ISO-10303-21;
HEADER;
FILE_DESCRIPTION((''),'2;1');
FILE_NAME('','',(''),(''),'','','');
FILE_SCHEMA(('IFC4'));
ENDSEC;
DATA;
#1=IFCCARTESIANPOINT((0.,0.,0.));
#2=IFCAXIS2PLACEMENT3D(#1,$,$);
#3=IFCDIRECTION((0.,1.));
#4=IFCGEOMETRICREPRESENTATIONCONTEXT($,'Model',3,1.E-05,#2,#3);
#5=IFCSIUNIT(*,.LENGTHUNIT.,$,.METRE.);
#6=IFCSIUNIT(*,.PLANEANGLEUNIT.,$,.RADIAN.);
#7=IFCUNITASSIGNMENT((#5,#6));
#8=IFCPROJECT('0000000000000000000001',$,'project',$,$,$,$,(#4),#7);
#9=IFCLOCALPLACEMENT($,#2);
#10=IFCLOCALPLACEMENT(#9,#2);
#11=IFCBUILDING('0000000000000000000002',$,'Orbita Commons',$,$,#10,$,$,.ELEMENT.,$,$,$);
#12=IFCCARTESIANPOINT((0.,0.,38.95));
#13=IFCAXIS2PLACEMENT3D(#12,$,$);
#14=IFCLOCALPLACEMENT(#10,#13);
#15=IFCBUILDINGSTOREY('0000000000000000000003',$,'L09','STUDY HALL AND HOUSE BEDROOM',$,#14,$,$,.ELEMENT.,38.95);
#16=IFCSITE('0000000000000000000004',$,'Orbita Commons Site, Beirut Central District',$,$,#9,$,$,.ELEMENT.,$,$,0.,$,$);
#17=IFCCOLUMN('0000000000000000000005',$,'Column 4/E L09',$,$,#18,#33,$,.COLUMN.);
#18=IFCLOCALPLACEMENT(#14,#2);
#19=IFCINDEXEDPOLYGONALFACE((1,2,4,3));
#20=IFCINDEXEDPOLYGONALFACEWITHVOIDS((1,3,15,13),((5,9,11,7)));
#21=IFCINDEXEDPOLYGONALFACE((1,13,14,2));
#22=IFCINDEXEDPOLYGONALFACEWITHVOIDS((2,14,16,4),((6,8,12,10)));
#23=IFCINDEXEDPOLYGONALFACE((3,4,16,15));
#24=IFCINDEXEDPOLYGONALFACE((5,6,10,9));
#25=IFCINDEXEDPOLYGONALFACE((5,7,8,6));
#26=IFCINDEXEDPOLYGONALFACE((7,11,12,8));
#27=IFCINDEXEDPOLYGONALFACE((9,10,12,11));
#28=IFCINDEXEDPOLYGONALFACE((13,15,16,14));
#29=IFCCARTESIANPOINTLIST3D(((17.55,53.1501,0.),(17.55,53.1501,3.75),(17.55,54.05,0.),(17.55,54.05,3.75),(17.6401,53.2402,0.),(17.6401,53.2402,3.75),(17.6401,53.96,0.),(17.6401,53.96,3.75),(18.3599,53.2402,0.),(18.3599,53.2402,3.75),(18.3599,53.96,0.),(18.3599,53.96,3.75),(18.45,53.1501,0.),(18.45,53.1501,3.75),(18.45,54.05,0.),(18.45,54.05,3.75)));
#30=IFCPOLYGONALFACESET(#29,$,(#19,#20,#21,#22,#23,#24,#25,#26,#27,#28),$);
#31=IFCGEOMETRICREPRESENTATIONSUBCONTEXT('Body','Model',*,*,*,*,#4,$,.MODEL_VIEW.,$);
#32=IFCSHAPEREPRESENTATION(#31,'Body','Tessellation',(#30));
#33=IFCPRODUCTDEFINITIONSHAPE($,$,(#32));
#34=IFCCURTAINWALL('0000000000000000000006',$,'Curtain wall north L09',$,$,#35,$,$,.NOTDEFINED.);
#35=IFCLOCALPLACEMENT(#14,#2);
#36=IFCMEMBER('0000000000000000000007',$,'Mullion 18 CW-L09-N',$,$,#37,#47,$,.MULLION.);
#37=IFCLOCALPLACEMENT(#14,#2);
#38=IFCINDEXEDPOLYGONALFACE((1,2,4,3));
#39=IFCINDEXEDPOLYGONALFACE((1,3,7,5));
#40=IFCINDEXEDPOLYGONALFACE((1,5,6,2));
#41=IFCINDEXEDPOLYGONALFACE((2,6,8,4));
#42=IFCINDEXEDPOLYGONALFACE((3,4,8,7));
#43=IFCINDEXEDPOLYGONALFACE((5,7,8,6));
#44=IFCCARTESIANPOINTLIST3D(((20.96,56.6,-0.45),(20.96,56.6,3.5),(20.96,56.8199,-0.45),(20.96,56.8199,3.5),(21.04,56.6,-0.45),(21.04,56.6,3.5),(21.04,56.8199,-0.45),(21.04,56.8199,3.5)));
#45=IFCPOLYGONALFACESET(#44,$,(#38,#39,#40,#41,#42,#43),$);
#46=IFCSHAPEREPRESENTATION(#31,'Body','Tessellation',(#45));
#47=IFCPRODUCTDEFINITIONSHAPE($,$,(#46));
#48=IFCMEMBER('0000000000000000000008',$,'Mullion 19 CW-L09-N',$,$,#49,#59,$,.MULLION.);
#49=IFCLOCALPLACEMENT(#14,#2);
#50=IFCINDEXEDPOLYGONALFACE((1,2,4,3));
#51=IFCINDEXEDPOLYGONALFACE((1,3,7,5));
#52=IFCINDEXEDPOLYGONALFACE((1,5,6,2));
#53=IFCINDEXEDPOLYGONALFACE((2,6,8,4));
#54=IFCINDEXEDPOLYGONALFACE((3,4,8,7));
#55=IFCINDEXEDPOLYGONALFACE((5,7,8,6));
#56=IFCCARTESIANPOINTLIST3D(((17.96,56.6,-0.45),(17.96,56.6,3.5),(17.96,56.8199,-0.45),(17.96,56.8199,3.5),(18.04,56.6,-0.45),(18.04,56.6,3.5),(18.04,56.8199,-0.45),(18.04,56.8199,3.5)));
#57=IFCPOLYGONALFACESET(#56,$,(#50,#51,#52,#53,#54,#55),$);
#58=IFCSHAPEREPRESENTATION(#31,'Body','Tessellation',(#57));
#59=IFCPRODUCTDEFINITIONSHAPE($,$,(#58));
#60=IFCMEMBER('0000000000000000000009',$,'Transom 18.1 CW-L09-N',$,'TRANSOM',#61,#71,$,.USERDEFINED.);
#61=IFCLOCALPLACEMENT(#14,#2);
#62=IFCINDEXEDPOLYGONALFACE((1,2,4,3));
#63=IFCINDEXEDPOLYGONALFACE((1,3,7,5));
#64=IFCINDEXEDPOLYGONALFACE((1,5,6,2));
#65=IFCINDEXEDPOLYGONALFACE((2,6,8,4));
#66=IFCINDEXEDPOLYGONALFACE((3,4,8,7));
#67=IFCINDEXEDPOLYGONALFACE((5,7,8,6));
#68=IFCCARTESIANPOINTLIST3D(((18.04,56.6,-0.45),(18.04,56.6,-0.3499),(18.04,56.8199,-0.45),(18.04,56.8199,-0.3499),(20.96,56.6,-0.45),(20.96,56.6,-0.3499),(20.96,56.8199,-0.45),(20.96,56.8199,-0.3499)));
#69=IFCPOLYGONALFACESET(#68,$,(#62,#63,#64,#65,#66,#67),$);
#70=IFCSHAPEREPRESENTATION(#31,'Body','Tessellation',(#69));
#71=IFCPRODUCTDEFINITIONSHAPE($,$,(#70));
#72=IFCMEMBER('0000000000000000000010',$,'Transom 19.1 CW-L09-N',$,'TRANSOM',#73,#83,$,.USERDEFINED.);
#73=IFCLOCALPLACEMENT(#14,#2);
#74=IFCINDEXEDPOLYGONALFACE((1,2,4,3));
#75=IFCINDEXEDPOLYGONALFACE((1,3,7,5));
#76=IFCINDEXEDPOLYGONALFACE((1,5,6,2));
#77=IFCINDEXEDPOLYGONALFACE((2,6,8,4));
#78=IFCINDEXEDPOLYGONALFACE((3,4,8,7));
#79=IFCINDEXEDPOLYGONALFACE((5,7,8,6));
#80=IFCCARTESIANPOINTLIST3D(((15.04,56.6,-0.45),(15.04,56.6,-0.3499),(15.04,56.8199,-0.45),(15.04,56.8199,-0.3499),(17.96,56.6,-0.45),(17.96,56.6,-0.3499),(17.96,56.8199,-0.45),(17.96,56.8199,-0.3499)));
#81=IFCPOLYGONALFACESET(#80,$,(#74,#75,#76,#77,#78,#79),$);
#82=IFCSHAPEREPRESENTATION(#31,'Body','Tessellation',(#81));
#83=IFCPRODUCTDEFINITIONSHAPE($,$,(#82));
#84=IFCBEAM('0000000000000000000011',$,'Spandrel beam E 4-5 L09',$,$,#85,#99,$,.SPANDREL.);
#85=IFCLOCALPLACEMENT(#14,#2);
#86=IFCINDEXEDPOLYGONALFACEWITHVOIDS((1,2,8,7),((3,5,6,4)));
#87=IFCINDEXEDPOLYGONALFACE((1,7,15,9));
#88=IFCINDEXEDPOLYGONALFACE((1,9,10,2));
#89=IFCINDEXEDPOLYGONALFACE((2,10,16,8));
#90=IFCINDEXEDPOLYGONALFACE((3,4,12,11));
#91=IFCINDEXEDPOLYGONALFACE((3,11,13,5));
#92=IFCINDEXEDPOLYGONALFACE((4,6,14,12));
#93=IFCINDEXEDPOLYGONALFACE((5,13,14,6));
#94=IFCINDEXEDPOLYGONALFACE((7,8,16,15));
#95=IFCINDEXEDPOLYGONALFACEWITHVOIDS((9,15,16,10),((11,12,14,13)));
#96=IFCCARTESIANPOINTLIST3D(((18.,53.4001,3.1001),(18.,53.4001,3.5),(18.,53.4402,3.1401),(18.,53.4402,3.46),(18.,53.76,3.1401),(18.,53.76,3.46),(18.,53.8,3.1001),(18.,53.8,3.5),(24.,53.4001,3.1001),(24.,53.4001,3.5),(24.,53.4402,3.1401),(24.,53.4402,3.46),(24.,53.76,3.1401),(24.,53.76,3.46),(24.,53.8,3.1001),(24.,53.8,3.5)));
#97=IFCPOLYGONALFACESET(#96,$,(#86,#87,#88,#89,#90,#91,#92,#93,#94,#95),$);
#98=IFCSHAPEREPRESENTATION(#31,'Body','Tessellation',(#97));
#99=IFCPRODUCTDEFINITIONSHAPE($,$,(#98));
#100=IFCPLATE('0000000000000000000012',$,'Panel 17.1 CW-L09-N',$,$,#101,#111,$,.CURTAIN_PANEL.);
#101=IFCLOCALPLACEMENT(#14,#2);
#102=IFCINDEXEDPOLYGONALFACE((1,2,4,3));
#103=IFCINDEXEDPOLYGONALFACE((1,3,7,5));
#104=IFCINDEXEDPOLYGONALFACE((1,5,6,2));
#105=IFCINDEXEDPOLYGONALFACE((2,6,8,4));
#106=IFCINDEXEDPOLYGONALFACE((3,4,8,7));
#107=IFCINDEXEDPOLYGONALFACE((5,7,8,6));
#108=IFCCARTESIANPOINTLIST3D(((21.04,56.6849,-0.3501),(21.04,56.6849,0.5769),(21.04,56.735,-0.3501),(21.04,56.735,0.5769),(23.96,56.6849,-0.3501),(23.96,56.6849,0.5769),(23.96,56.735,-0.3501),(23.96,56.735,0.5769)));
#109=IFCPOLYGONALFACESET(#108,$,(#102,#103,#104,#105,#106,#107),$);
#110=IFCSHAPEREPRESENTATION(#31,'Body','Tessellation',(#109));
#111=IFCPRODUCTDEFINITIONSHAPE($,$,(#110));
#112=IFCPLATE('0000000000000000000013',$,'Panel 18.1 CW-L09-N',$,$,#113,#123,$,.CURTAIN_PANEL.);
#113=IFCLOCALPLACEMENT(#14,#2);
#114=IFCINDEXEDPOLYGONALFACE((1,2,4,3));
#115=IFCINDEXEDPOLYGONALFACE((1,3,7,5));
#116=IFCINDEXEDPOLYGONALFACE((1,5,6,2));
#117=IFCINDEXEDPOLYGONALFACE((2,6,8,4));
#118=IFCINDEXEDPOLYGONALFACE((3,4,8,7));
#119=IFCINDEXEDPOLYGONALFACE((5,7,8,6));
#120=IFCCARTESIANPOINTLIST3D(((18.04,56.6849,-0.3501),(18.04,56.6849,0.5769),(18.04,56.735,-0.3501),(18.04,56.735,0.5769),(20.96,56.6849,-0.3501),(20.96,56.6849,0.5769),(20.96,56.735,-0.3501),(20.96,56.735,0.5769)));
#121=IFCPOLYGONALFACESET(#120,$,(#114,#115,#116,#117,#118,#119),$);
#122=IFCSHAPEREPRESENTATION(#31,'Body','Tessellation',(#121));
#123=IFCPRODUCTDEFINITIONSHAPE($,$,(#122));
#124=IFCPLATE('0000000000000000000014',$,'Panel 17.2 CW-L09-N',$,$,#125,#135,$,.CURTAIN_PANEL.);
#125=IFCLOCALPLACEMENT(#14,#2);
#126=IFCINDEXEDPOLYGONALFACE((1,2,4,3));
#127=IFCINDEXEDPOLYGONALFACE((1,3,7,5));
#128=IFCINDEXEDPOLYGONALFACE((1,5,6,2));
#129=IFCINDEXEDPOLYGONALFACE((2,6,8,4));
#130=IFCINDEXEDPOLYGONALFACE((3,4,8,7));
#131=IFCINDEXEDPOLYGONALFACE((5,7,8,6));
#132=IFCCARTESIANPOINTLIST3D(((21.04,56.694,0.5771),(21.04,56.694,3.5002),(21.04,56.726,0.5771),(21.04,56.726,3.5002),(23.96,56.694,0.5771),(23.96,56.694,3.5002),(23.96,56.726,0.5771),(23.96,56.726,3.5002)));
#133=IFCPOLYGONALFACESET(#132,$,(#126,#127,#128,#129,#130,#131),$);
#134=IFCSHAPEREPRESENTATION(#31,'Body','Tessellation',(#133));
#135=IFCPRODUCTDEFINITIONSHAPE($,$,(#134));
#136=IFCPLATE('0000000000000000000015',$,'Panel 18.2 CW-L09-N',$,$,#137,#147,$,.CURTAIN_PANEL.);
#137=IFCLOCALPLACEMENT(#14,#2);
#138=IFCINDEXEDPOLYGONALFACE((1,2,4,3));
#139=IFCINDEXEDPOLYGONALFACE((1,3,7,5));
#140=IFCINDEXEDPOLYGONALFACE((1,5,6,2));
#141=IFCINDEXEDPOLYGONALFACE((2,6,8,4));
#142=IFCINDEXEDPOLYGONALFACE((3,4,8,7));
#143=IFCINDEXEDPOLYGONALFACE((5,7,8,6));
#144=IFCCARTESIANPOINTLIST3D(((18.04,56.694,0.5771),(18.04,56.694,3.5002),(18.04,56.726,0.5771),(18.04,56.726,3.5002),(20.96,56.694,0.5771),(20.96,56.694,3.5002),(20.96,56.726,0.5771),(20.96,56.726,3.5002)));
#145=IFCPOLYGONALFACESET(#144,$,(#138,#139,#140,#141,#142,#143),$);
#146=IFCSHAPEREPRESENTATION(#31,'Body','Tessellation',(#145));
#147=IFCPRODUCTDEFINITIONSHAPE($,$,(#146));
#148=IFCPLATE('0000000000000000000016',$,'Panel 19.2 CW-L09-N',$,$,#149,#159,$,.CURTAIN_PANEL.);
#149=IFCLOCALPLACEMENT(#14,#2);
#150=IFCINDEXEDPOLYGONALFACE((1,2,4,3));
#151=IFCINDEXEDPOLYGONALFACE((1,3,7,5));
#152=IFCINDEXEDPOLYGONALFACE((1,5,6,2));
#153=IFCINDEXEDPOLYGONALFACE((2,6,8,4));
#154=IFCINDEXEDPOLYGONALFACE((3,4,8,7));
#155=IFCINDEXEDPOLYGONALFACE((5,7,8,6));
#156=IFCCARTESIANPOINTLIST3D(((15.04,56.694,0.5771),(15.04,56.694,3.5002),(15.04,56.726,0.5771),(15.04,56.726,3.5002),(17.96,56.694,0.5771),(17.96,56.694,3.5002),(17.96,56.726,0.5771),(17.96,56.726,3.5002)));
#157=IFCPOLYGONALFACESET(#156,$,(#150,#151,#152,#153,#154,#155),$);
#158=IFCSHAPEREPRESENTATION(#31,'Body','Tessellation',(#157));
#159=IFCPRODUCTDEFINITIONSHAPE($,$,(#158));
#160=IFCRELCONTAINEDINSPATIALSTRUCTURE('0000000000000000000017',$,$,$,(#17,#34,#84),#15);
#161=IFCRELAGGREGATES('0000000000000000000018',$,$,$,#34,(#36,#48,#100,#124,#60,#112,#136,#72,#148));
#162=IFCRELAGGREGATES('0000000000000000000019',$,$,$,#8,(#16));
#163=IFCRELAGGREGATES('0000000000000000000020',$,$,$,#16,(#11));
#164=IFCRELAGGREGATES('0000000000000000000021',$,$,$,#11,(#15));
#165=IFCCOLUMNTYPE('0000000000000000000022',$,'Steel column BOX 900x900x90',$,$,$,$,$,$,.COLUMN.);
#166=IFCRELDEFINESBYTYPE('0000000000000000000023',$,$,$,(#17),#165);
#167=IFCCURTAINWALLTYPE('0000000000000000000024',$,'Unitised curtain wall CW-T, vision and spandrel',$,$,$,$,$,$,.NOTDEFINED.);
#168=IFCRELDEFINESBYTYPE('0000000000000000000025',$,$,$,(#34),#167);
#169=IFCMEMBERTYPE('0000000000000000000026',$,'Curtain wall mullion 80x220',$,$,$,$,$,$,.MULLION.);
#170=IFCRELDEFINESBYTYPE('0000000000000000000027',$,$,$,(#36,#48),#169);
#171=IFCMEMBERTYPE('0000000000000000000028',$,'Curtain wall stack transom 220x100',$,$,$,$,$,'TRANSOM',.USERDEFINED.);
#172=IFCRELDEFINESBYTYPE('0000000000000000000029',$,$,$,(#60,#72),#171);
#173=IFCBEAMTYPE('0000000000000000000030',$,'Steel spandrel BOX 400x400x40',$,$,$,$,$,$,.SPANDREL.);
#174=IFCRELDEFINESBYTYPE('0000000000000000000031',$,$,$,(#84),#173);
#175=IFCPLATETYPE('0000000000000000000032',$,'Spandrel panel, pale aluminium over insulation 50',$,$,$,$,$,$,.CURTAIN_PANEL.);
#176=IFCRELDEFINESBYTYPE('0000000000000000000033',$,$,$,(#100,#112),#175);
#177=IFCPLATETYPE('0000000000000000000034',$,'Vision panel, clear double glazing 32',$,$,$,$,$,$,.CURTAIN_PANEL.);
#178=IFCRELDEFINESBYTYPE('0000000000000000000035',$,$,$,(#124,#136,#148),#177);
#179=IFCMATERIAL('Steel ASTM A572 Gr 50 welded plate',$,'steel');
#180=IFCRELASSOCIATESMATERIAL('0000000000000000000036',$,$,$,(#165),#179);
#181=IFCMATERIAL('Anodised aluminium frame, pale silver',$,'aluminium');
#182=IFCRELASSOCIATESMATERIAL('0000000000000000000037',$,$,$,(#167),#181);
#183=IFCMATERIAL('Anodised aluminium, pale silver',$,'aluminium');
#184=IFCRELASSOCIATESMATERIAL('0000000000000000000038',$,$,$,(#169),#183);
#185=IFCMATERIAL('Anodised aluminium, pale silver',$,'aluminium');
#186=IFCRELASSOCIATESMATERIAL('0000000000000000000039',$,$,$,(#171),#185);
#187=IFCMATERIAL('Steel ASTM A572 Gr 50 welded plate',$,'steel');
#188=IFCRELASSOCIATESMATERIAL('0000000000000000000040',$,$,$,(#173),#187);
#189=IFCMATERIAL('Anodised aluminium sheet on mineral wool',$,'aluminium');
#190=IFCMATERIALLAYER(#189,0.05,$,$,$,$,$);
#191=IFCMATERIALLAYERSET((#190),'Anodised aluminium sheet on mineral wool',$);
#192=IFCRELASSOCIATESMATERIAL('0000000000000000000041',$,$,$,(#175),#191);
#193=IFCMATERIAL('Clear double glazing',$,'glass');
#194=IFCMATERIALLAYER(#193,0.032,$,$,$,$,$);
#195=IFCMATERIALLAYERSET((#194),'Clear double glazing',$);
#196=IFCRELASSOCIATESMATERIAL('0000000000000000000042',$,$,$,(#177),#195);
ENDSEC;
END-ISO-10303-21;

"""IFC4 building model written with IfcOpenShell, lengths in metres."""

from ifc_helpers import new_model, si_unit, direction, frame, origin, origin_2d, place, context, subcontext, project, spatial, rectangle, hollow_rectangle, extrude, material, layer, layer_set, material_profile, profile_set, type_object, element, aggregate, save


model = new_model("IFC4")

# Units and contexts
model_context = context("Model", 3, precision=1e-05, world=origin(), true_north=direction((0.0, 1.0)))
body_context = subcontext(model_context, "Body", "Model", "MODEL_VIEW")
ifc_project = project(units=[si_unit("LENGTHUNIT", "METRE"), si_unit("PLANEANGLEUNIT", "RADIAN")], contexts=[model_context])

# Site, building, storey
site_placement = place(None, origin())
site = spatial("IfcSite", under=ifc_project, at=site_placement, Name="Orbita Commons Site, Beirut Central District", CompositionType="ELEMENT", RefElevation=0.0)
building_placement = place(site_placement, origin())
building = spatial("IfcBuilding", under=site, at=building_placement, Name="Orbita Commons", CompositionType="ELEMENT")
storey_placement = place(building_placement, frame((0.0, 0.0, 38.95)))
storey = spatial("IfcBuildingStorey", under=building, at=storey_placement, Name="L09", Description="STUDY HALL AND HOUSE BEDROOM", CompositionType="ELEMENT", Elevation=38.95)

# Column
ifc_material_1 = material(Name="Steel ASTM A572 Gr 50 welded plate", Category="steel")
ifc_material_profile_1 = material_profile(ifc_material_1, hollow_rectangle(XDim=0.8999, YDim=0.8999, WallThickness=0.0901, at=origin_2d()), Name="BOX 900x900x90")
ifc_profile_set_1 = profile_set([ifc_material_profile_1], Name="Steel ASTM A572 Gr 50 welded plate")
column_type = type_object("IfcColumnType", Name="Steel column BOX 900x900x90", PredefinedType="COLUMN", material=ifc_profile_set_1)
column_placement = place(storey_placement, frame((18.0, 53.6001, 0.0), z_axis=(0.0, 0.0, 1.0), x_axis=(1.0, 0.0, 0.0)))
element("IfcColumn", 1, at=column_placement, inside=storey, type_object=column_type, Name="Column 4/E L09", PredefinedType="COLUMN", context=body_context, shape_type="SweptSolid", body=[
    extrude(hollow_rectangle(XDim=0.8999, YDim=0.8999, WallThickness=0.0901, at=origin_2d()), origin(), (0.0, 0.0, 1.0), 3.75),
])

# Curtain wall, members
ifc_material_2 = material(Name="Anodised aluminium frame, pale silver", Category="aluminium")
curtain_wall_type = type_object("IfcCurtainWallType", Name="Unitised curtain wall CW-T, vision and spandrel", PredefinedType="NOTDEFINED", material=ifc_material_2)
curtain_wall_placement = place(storey_placement, origin())
curtain_wall = element("IfcCurtainWall", 2, at=curtain_wall_placement, inside=storey, type_object=curtain_wall_type, Name="Curtain wall north L09", PredefinedType="NOTDEFINED")
ifc_material_3 = material(Name="Anodised aluminium, pale silver", Category="aluminium")
ifc_material_profile_2 = material_profile(ifc_material_3, rectangle(XDim=0.0801, YDim=0.22, at=origin_2d()), Name="AL 80x220")
ifc_profile_set_2 = profile_set([ifc_material_profile_2], Name="Anodised aluminium, pale silver")
member_type_1 = type_object("IfcMemberType", Name="Curtain wall mullion 80x220", PredefinedType="MULLION", material=ifc_profile_set_2)
member_1_placement = place(storey_placement, frame((21.0, 56.71, -0.45), z_axis=(0.0, 0.0, 1.0), x_axis=(-1.0, 0.0, 0.0)))
member_1 = element("IfcMember", 3, at=member_1_placement, type_object=member_type_1, Name="Mullion 18 CW-L09-N", PredefinedType="MULLION", context=body_context, shape_type="SweptSolid", body=[
    extrude(rectangle(XDim=0.0801, YDim=0.22, at=origin_2d()), origin(), (0.0, 0.0, 1.0), 3.95),
])
member_2_placement = place(storey_placement, frame((18.0, 56.71, -0.45), z_axis=(0.0, 0.0, 1.0), x_axis=(-1.0, 0.0, 0.0)))
member_2 = element("IfcMember", 4, at=member_2_placement, type_object=member_type_1, Name="Mullion 19 CW-L09-N", PredefinedType="MULLION", context=body_context, shape_type="SweptSolid", body=[
    extrude(rectangle(XDim=0.0801, YDim=0.22, at=origin_2d()), origin(), (0.0, 0.0, 1.0), 3.95),
])
ifc_material_4 = material(Name="Anodised aluminium, pale silver", Category="aluminium")
ifc_material_profile_3 = material_profile(ifc_material_4, rectangle(XDim=0.22, YDim=0.1001, at=origin_2d()), Name="AL 220x100")
ifc_profile_set_3 = profile_set([ifc_material_profile_3], Name="Anodised aluminium, pale silver")
member_type_2 = type_object("IfcMemberType", Name="Curtain wall stack transom 220x100", ElementType="TRANSOM", PredefinedType="USERDEFINED", material=ifc_profile_set_3)
member_3_placement = place(storey_placement, frame((20.96, 56.71, -0.3999), z_axis=(-1.0, 0.0, 0.0), x_axis=(0.0, -1.0, 0.0)))
member_3 = element("IfcMember", 5, at=member_3_placement, type_object=member_type_2, Name="Transom 18.1 CW-L09-N", ObjectType="TRANSOM", PredefinedType="USERDEFINED", context=body_context, shape_type="SweptSolid", body=[
    extrude(rectangle(XDim=0.22, YDim=0.1001, at=origin_2d()), origin(), (0.0, 0.0, 1.0), 2.9199),
])
member_4_placement = place(storey_placement, frame((17.96, 56.71, -0.3999), z_axis=(-1.0, 0.0, 0.0), x_axis=(0.0, -1.0, 0.0)))
member_4 = element("IfcMember", 6, at=member_4_placement, type_object=member_type_2, Name="Transom 19.1 CW-L09-N", ObjectType="TRANSOM", PredefinedType="USERDEFINED", context=body_context, shape_type="SweptSolid", body=[
    extrude(rectangle(XDim=0.22, YDim=0.1001, at=origin_2d()), origin(), (0.0, 0.0, 1.0), 2.9199),
])

# Beam
ifc_material_5 = material(Name="Steel ASTM A572 Gr 50 welded plate", Category="steel")
ifc_material_profile_4 = material_profile(ifc_material_5, hollow_rectangle(XDim=0.3999, YDim=0.3999, WallThickness=0.04, at=origin_2d()), Name="BOX 400x400x40")
ifc_profile_set_4 = profile_set([ifc_material_profile_4], Name="Steel ASTM A572 Gr 50 welded plate")
beam_type = type_object("IfcBeamType", Name="Steel spandrel BOX 400x400x40", PredefinedType="SPANDREL", material=ifc_profile_set_4)
beam_placement = place(storey_placement, frame((18.0, 53.6001, 3.3), z_axis=(1.0, 0.0, 0.0), x_axis=(0.0, 1.0, 0.0)))
element("IfcBeam", 7, at=beam_placement, inside=storey, type_object=beam_type, Name="Spandrel beam E 4-5 L09", PredefinedType="SPANDREL", context=body_context, shape_type="SweptSolid", body=[
    extrude(hollow_rectangle(XDim=0.3999, YDim=0.3999, WallThickness=0.04, at=origin_2d()), origin(), (0.0, 0.0, 1.0), 6.0),
])

# Plates
ifc_material_6 = material(Name="Anodised aluminium sheet on mineral wool", Category="aluminium")
ifc_layer_1 = layer(ifc_material_6, 0.05)
ifc_layer_set_1 = layer_set([ifc_layer_1], Name="Anodised aluminium sheet on mineral wool")
plate_type_1 = type_object("IfcPlateType", Name="Spandrel panel, pale aluminium over insulation 50", PredefinedType="CURTAIN_PANEL", material=ifc_layer_set_1)
plate_1_placement = place(storey_placement, frame((22.5, 56.71, -0.3501), z_axis=(0.0, 0.0, 1.0), x_axis=(-1.0, 0.0, 0.0)))
plate_1 = element("IfcPlate", 8, at=plate_1_placement, type_object=plate_type_1, Name="Panel 17.1 CW-L09-N", PredefinedType="CURTAIN_PANEL", context=body_context, shape_type="SweptSolid", body=[
    extrude(rectangle(XDim=2.9199, YDim=0.05, at=origin_2d()), origin(), (0.0, 0.0, 1.0), 0.927),
])
plate_2_placement = place(storey_placement, frame((19.5, 56.71, -0.3501), z_axis=(0.0, 0.0, 1.0), x_axis=(-1.0, 0.0, 0.0)))
plate_2 = element("IfcPlate", 9, at=plate_2_placement, type_object=plate_type_1, Name="Panel 18.1 CW-L09-N", PredefinedType="CURTAIN_PANEL", context=body_context, shape_type="SweptSolid", body=[
    extrude(rectangle(XDim=2.9199, YDim=0.05, at=origin_2d()), origin(), (0.0, 0.0, 1.0), 0.927),
])
ifc_material_7 = material(Name="Clear double glazing", Category="glass")
ifc_layer_2 = layer(ifc_material_7, 0.032)
ifc_layer_set_2 = layer_set([ifc_layer_2], Name="Clear double glazing")
plate_type_2 = type_object("IfcPlateType", Name="Vision panel, clear double glazing 32", PredefinedType="CURTAIN_PANEL", material=ifc_layer_set_2)
plate_3_placement = place(storey_placement, frame((22.5, 56.71, 0.5771), z_axis=(0.0, 0.0, 1.0), x_axis=(-1.0, 0.0, 0.0)))
plate_3 = element("IfcPlate", 10, at=plate_3_placement, type_object=plate_type_2, Name="Panel 17.2 CW-L09-N", PredefinedType="CURTAIN_PANEL", context=body_context, shape_type="SweptSolid", body=[
    extrude(rectangle(XDim=2.9199, YDim=0.032, at=origin_2d()), origin(), (0.0, 0.0, 1.0), 2.9231),
])
plate_4_placement = place(storey_placement, frame((19.5, 56.71, 0.5771), z_axis=(0.0, 0.0, 1.0), x_axis=(-1.0, 0.0, 0.0)))
plate_4 = element("IfcPlate", 11, at=plate_4_placement, type_object=plate_type_2, Name="Panel 18.2 CW-L09-N", PredefinedType="CURTAIN_PANEL", context=body_context, shape_type="SweptSolid", body=[
    extrude(rectangle(XDim=2.9199, YDim=0.032, at=origin_2d()), origin(), (0.0, 0.0, 1.0), 2.9231),
])
plate_5_placement = place(storey_placement, frame((16.5, 56.71, 0.5771), z_axis=(0.0, 0.0, 1.0), x_axis=(-1.0, 0.0, 0.0)))
plate_5 = element("IfcPlate", 12, at=plate_5_placement, type_object=plate_type_2, Name="Panel 19.2 CW-L09-N", PredefinedType="CURTAIN_PANEL", context=body_context, shape_type="SweptSolid", body=[
    extrude(rectangle(XDim=2.9199, YDim=0.032, at=origin_2d()), origin(), (0.0, 0.0, 1.0), 2.9231),
])
aggregate(curtain_wall, [member_1, member_2, plate_1, plate_3, member_3, plate_2, plate_4, member_4, plate_5])

save(model, "model.ifc")
